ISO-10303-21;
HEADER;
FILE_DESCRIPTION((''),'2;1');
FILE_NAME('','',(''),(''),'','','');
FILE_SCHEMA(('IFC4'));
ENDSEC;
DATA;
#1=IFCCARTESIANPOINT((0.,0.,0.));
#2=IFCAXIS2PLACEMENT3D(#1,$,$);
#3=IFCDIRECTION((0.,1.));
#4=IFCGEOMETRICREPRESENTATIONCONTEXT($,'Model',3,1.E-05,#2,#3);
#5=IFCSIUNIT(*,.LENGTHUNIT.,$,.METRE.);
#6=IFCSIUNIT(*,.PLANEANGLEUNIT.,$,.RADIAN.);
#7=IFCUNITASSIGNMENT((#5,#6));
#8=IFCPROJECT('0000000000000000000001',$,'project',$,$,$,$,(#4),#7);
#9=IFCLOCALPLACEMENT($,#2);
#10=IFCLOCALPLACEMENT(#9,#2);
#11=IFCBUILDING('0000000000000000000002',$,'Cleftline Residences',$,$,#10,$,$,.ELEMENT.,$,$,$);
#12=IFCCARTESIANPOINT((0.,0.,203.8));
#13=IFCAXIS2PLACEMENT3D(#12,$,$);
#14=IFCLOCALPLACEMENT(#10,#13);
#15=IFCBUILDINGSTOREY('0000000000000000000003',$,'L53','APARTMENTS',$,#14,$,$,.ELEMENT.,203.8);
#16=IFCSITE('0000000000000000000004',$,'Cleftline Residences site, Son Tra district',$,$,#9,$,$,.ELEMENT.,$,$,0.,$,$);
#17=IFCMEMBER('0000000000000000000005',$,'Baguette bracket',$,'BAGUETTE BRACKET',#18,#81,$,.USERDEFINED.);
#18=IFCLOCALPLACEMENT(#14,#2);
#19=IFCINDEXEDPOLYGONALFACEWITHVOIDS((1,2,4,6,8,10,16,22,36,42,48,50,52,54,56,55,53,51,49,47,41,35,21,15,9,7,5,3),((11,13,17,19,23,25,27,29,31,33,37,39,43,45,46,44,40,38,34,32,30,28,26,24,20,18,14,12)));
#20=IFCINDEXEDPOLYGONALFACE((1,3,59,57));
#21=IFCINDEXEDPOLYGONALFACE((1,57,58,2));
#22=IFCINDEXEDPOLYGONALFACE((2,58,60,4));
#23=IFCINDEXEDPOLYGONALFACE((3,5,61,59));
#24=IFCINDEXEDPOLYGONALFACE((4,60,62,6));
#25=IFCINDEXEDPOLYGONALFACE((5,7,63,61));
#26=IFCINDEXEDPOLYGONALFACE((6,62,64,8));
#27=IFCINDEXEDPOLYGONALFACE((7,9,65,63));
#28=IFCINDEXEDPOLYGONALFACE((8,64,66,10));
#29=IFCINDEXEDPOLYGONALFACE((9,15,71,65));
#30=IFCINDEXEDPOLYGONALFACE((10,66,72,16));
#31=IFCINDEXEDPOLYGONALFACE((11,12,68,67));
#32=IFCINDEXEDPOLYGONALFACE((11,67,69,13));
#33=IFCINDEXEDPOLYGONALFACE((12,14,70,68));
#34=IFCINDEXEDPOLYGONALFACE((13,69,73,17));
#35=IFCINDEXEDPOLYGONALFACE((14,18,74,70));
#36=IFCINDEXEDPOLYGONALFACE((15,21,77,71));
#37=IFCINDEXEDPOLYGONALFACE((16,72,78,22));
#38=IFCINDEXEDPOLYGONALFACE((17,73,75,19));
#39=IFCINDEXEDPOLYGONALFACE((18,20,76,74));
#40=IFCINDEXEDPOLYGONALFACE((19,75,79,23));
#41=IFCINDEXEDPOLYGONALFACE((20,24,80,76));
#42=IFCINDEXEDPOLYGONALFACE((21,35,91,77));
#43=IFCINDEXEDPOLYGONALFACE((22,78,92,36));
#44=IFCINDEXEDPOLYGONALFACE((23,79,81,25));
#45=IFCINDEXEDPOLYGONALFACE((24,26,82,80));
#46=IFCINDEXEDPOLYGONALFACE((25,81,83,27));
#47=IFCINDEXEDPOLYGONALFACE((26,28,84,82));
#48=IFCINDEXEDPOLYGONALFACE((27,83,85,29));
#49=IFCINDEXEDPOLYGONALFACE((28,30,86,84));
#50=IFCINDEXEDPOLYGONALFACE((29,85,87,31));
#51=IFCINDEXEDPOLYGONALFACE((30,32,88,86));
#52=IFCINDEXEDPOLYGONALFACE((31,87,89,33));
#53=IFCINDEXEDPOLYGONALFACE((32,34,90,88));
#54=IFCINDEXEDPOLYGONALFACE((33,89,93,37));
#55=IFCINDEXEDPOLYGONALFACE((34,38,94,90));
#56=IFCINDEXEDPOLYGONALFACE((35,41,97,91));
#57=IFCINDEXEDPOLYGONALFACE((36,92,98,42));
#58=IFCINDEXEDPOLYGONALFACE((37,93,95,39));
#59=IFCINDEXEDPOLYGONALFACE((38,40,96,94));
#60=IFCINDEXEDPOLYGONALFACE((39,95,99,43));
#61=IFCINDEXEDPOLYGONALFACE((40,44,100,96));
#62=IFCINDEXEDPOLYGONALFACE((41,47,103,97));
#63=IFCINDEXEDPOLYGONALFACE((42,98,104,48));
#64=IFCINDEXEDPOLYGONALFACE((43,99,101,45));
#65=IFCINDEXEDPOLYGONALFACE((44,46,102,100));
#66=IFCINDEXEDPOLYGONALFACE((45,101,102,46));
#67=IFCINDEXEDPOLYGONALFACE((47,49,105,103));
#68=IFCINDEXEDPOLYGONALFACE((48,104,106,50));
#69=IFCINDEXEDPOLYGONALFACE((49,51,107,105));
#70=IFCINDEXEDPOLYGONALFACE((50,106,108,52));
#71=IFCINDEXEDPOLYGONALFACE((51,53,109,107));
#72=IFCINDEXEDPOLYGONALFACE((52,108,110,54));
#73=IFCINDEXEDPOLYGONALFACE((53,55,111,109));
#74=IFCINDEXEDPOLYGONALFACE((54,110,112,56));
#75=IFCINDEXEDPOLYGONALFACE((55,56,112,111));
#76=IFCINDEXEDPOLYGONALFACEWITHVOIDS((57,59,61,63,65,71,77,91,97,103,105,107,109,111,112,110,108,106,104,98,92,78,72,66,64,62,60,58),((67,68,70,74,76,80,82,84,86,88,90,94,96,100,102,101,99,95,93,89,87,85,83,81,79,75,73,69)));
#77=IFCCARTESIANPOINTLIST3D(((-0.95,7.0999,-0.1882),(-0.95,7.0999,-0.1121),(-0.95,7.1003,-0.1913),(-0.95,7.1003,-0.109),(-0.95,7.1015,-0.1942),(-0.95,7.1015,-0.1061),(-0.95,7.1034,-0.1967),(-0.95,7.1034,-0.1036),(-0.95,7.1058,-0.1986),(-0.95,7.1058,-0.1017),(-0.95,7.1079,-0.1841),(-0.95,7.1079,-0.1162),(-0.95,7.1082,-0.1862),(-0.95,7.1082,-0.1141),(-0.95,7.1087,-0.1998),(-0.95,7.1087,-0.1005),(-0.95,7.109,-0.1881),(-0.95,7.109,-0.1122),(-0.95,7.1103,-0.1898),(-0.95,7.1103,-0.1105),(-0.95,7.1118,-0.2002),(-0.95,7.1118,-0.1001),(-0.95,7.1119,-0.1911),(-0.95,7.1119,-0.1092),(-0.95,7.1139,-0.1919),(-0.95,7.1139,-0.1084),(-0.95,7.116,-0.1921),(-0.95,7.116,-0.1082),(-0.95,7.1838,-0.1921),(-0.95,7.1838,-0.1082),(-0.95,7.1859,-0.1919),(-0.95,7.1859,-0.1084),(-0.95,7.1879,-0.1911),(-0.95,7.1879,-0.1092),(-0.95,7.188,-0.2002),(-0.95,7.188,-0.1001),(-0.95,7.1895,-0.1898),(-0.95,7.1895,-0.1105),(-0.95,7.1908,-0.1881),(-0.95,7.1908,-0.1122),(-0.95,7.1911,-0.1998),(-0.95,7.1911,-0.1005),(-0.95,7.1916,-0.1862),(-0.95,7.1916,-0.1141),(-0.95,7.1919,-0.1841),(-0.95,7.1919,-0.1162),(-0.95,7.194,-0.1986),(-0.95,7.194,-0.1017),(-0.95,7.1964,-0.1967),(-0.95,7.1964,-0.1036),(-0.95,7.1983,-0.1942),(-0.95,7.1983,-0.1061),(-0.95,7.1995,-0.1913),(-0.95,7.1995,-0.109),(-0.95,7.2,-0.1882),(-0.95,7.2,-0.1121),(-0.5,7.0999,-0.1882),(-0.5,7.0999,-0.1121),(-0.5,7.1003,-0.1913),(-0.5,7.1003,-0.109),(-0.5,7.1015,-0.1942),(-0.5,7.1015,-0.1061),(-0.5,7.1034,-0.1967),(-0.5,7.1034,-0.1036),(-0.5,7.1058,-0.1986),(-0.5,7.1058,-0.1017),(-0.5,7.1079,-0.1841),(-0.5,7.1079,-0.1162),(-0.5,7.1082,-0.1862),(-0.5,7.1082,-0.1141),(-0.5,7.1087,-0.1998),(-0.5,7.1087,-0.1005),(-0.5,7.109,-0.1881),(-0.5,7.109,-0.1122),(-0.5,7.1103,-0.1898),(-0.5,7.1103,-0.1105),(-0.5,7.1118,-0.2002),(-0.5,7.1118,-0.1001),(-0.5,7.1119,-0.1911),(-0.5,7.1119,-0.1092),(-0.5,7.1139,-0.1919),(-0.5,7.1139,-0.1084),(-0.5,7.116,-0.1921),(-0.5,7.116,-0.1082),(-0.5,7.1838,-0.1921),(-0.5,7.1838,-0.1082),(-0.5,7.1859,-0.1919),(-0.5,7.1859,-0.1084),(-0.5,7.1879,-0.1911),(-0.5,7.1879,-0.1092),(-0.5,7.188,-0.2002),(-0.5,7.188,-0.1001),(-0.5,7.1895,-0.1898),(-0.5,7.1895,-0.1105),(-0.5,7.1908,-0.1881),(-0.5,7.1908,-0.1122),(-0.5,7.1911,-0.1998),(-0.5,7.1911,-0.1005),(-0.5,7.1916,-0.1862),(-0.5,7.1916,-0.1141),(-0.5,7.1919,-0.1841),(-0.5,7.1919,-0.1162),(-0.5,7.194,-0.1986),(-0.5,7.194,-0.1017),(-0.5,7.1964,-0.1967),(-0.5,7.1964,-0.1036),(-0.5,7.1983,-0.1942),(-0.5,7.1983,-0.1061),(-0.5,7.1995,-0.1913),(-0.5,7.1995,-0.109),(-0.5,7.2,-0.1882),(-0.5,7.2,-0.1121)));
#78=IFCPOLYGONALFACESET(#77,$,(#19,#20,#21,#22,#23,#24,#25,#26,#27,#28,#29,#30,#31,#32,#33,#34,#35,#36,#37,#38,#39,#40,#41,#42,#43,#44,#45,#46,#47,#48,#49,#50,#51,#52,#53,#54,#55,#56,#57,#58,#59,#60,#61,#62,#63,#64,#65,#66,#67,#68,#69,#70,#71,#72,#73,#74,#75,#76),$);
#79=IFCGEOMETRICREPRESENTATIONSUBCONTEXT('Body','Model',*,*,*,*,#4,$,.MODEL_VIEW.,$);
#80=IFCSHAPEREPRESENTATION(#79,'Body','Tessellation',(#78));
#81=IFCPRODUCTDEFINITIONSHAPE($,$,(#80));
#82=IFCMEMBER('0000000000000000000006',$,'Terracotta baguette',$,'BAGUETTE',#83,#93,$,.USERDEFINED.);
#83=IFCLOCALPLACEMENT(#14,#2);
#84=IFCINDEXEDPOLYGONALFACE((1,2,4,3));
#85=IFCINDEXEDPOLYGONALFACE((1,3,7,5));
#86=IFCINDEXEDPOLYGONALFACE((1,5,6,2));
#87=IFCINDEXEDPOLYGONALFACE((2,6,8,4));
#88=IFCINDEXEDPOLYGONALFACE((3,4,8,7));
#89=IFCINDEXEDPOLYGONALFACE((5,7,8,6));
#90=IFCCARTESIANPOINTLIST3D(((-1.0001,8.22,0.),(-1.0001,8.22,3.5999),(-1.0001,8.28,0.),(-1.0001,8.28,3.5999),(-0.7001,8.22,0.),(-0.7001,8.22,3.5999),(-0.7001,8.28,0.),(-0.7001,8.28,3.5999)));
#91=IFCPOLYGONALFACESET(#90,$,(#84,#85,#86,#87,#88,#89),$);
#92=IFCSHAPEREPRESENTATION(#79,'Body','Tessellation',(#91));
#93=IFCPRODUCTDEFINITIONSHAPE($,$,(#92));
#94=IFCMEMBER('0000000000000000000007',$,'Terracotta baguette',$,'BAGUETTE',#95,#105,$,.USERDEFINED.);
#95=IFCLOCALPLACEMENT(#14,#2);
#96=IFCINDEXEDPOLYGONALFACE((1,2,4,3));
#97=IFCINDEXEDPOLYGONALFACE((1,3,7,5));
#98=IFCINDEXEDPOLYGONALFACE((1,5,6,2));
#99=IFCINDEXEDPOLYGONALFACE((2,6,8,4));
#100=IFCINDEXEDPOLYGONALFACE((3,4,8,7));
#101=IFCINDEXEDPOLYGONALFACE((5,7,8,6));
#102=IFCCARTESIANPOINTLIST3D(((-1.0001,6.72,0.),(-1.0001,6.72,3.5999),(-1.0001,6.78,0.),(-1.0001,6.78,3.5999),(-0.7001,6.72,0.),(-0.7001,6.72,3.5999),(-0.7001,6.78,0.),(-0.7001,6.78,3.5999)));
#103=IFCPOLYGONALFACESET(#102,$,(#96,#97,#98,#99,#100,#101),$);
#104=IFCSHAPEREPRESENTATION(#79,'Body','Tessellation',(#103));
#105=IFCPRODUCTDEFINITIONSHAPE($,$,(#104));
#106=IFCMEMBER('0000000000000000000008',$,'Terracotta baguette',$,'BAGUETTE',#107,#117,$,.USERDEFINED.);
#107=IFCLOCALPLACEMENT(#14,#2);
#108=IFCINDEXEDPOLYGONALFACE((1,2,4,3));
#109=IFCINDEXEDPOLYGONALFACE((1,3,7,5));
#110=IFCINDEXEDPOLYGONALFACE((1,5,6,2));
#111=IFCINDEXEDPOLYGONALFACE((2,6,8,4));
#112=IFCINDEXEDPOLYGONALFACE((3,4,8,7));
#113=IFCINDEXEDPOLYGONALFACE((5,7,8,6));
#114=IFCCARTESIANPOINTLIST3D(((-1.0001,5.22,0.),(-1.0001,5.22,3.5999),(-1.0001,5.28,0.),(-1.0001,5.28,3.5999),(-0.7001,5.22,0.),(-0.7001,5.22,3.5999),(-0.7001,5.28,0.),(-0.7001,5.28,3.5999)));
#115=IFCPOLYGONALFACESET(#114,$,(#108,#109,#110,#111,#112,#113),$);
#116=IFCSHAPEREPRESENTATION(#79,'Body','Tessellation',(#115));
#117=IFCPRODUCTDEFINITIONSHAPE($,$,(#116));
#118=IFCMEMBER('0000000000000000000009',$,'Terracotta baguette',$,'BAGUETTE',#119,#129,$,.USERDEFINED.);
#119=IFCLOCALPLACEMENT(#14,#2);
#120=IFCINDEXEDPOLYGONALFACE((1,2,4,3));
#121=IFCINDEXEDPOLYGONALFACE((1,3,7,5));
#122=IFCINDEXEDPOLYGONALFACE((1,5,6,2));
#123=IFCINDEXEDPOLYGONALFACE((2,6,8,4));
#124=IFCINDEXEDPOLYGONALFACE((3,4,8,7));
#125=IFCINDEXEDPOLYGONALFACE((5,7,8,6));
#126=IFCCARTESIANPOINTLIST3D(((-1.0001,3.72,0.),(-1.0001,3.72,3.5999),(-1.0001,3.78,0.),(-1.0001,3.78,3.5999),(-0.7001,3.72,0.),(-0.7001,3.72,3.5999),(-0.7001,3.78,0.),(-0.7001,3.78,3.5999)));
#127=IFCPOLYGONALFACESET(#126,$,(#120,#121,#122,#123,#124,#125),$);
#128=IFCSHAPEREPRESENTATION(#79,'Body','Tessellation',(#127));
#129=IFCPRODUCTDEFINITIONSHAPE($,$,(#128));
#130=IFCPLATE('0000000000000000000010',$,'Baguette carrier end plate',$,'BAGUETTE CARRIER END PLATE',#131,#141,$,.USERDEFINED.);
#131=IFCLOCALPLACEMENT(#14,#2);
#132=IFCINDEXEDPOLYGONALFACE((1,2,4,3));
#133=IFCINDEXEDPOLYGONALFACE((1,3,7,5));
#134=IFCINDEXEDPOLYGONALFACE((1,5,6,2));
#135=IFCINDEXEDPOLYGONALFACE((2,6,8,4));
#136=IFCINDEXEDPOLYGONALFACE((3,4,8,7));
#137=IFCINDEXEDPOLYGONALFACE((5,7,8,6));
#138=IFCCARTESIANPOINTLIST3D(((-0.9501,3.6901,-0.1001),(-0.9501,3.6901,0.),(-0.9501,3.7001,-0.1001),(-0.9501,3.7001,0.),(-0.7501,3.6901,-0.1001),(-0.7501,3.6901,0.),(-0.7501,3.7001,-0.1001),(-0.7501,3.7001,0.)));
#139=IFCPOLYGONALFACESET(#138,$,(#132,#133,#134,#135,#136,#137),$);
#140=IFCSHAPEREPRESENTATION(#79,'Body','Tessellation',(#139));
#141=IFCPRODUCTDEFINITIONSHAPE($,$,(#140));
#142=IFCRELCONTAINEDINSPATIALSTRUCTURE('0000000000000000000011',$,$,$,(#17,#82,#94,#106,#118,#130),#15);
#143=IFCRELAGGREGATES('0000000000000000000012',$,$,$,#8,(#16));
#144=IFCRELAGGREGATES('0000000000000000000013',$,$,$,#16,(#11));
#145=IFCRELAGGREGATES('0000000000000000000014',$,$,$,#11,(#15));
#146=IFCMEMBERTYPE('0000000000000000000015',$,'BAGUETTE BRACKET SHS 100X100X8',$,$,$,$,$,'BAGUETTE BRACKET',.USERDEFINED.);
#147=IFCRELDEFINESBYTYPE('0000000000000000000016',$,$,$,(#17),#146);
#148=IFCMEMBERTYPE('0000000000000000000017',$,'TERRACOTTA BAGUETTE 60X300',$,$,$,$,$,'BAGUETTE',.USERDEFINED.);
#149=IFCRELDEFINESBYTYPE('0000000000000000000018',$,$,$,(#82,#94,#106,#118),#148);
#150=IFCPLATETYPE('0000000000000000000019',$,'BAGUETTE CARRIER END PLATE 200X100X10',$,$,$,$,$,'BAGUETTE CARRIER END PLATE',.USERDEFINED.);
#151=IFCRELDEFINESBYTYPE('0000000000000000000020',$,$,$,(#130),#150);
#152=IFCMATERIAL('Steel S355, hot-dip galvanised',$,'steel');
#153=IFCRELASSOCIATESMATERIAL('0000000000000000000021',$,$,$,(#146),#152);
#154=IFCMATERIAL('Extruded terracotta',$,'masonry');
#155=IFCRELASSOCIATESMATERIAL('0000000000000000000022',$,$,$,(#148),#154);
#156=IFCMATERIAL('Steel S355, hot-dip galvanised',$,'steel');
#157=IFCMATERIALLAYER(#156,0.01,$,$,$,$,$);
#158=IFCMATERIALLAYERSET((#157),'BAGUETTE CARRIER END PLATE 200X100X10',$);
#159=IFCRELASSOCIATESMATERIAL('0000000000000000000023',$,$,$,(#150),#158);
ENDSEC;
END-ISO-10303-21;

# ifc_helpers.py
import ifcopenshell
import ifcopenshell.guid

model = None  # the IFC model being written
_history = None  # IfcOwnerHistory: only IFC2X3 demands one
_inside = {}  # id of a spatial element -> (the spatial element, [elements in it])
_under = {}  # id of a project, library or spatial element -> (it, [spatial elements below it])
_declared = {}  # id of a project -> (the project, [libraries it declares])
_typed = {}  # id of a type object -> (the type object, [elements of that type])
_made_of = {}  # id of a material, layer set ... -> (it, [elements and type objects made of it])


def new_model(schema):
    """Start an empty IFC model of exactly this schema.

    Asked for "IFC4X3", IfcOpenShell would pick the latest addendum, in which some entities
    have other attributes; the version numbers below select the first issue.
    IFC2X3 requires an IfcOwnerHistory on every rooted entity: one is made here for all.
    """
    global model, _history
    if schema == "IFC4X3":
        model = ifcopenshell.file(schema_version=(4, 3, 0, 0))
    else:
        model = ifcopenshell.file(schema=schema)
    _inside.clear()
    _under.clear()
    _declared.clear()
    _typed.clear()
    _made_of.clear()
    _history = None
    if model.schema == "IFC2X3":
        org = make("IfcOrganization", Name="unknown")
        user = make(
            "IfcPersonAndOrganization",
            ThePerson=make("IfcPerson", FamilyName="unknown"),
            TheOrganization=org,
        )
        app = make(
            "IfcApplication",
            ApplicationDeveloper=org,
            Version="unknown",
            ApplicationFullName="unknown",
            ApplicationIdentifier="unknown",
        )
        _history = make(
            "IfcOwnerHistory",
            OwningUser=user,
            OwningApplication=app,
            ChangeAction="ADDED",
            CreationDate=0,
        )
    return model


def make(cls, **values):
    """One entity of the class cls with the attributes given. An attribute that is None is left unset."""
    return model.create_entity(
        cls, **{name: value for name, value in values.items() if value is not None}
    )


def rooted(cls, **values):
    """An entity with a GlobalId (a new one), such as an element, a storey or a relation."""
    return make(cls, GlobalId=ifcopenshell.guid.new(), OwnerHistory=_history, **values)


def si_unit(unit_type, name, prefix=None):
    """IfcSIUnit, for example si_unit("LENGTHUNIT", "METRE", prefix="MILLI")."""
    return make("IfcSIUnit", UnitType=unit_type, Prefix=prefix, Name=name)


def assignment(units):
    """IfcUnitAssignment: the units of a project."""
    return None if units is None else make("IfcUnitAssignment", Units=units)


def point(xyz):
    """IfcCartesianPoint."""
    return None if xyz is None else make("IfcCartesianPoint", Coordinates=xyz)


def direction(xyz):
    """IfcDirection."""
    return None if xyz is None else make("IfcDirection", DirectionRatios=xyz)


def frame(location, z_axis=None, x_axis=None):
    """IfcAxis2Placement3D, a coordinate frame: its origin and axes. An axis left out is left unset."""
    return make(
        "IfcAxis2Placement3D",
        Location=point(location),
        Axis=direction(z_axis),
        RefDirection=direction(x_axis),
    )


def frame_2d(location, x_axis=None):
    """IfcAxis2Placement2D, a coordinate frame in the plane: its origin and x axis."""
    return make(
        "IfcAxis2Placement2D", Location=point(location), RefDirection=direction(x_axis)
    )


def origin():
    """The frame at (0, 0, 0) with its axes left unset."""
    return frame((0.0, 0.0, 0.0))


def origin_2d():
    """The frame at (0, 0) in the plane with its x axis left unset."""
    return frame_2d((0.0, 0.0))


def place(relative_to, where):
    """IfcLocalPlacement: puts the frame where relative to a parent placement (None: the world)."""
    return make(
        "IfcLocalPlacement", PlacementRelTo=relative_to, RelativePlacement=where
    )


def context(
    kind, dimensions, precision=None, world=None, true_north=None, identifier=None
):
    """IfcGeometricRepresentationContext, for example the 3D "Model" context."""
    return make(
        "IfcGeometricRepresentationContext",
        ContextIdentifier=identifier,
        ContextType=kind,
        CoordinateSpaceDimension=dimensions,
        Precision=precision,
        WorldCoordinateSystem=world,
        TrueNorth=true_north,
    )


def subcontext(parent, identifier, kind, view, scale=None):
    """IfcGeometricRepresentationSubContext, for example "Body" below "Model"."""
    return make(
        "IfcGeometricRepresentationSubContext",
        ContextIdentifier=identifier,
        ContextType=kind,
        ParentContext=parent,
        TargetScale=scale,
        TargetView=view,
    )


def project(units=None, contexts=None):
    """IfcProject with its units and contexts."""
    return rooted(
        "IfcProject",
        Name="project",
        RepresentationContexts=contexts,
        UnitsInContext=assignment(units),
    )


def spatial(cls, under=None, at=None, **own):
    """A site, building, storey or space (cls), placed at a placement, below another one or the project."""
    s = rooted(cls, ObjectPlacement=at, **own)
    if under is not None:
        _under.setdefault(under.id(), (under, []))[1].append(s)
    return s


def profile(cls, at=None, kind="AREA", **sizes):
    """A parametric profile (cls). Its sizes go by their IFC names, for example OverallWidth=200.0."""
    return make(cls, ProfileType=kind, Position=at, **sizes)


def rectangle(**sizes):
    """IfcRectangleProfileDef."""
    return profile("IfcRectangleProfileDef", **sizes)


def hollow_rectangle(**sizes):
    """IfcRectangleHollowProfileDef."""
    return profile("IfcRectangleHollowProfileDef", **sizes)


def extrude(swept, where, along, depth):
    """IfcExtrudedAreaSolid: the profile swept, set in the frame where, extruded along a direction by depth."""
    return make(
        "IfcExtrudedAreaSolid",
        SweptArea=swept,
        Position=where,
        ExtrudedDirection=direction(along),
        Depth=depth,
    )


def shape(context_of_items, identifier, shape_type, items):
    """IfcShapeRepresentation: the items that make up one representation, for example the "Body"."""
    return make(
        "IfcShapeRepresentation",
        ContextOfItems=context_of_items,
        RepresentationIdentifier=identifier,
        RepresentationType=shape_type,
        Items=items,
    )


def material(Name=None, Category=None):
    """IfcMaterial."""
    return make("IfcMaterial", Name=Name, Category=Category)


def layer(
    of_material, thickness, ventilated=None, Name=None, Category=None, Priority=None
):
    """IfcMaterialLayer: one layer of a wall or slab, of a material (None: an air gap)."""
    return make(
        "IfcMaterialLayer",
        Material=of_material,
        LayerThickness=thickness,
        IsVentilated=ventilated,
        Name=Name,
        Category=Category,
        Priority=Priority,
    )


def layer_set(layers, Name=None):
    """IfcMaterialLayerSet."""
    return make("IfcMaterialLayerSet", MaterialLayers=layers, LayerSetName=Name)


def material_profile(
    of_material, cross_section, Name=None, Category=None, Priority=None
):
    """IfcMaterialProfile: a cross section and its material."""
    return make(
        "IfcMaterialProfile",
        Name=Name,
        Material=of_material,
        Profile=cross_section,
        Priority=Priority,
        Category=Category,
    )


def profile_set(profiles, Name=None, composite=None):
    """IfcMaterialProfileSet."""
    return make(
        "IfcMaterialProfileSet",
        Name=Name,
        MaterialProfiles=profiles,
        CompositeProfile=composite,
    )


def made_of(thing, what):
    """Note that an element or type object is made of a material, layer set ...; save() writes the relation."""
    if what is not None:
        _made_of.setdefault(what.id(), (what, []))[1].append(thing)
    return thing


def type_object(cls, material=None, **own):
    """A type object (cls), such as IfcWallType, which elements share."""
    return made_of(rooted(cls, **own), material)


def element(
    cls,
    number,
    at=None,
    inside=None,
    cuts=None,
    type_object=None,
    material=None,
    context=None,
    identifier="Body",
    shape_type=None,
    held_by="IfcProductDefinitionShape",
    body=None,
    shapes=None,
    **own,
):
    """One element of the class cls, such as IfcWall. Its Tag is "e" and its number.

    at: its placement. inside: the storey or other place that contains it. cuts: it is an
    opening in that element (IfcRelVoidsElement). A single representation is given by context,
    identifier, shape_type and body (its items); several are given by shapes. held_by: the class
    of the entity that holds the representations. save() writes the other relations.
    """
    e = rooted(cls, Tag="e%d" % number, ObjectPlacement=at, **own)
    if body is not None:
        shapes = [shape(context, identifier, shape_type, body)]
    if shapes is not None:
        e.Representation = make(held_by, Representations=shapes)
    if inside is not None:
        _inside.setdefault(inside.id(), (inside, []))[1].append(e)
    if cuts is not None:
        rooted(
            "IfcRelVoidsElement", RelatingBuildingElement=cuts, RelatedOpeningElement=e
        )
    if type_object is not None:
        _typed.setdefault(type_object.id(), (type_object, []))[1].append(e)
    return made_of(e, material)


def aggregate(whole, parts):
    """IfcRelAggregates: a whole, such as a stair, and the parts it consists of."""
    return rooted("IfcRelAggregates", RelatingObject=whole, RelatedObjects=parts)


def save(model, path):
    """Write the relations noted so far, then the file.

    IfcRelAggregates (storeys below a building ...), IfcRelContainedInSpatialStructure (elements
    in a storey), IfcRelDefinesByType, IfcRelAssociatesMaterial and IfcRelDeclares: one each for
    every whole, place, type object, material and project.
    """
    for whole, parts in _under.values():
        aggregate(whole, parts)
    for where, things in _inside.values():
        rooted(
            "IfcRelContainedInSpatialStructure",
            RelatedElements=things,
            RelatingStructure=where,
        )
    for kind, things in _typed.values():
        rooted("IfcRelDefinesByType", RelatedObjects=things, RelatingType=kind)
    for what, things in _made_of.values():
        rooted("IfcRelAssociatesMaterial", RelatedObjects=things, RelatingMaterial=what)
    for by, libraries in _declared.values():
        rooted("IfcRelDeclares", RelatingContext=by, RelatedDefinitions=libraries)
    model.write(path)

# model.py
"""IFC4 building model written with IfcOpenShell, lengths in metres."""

from ifc_helpers import new_model, si_unit, direction, frame, origin, origin_2d, place, context, subcontext, project, spatial, rectangle, hollow_rectangle, extrude, material, layer, layer_set, material_profile, profile_set, type_object, element, save


model = new_model("IFC4")

# Units and contexts
model_context = context("Model", 3, precision=1e-05, world=origin(), true_north=direction((0.0, 1.0)))
body_context = subcontext(model_context, "Body", "Model", "MODEL_VIEW")
ifc_project = project(units=[si_unit("LENGTHUNIT", "METRE"), si_unit("PLANEANGLEUNIT", "RADIAN")], contexts=[model_context])

# Site, building, storey
site_placement = place(None, origin())
site = spatial("IfcSite", under=ifc_project, at=site_placement, Name="Cleftline Residences site, Son Tra district", CompositionType="ELEMENT", RefElevation=0.0)
building_placement = place(site_placement, origin())
building = spatial("IfcBuilding", under=site, at=building_placement, Name="Cleftline Residences", CompositionType="ELEMENT")
storey_placement = place(building_placement, frame((0.0, 0.0, 203.8)))
storey = spatial("IfcBuildingStorey", under=building, at=storey_placement, Name="L53", Description="APARTMENTS", CompositionType="ELEMENT", Elevation=203.8)

# Members
ifc_material_1 = material(Name="Steel S355, hot-dip galvanised", Category="steel")
ifc_material_profile_1 = material_profile(ifc_material_1, hollow_rectangle(XDim=0.1001, YDim=0.1001, WallThickness=0.0081, InnerFilletRadius=0.0081, OuterFilletRadius=0.012, at=origin_2d()))
ifc_profile_set_1 = profile_set([ifc_material_profile_1], Name="Steel S355, hot-dip galvanised")
member_type_1 = type_object("IfcMemberType", Name="BAGUETTE BRACKET SHS 100X100X8", ElementType="BAGUETTE BRACKET", PredefinedType="USERDEFINED", material=ifc_profile_set_1)
member_placement = place(storey_placement, frame((-0.5, 7.1499, -0.1501), z_axis=(-1.0, 0.0, 0.0), x_axis=(0.0, -1.0, 0.0)))
element("IfcMember", 1, at=member_placement, inside=storey, type_object=member_type_1, Name="Baguette bracket", ObjectType="BAGUETTE BRACKET", PredefinedType="USERDEFINED", context=body_context, shape_type="SweptSolid", body=[
    extrude(hollow_rectangle(XDim=0.1001, YDim=0.1001, WallThickness=0.0081, InnerFilletRadius=0.0081, OuterFilletRadius=0.012, at=origin_2d()), origin(), (0.0, 0.0, 1.0), 0.45),
])
ifc_material_2 = material(Name="Extruded terracotta", Category="masonry")
ifc_material_profile_2 = material_profile(ifc_material_2, rectangle(XDim=0.0601, YDim=0.3, at=origin_2d()))
ifc_profile_set_2 = profile_set([ifc_material_profile_2], Name="Extruded terracotta")
member_type_2 = type_object("IfcMemberType", Name="TERRACOTTA BAGUETTE 60X300", ElementType="BAGUETTE", PredefinedType="USERDEFINED", material=ifc_profile_set_2)
for number, where, z_axis, x_axis, name in (
    (2, (-0.8501, 8.25, 0.0), (0.0, 0.0, 1.0), (0.0, 1.0, 0.0), "Terracotta baguette"),
    (3, (-0.8501, 6.75, 0.0), (0.0, 0.0, 1.0), (0.0, 1.0, 0.0), "Terracotta baguette"),
    (4, (-0.8501, 5.25, 0.0), (0.0, 0.0, 1.0), (0.0, 1.0, 0.0), "Terracotta baguette"),
    (5, (-0.8501, 3.75, 0.0), (0.0, 0.0, 1.0), (0.0, 1.0, 0.0), "Terracotta baguette"),
):
    element("IfcMember", number, at=place(storey_placement, frame(where, z_axis=z_axis, x_axis=x_axis)), inside=storey, type_object=member_type_2, Name=name, ObjectType="BAGUETTE", PredefinedType="USERDEFINED", context=body_context, shape_type="SweptSolid", body=[
        extrude(rectangle(XDim=0.0601, YDim=0.3, at=origin_2d()), origin(), (0.0, 0.0, 1.0), 3.5999),
    ])

# Plate
ifc_material_3 = material(Name="Steel S355, hot-dip galvanised", Category="steel")
ifc_layer_1 = layer(ifc_material_3, 0.01)
ifc_layer_set_1 = layer_set([ifc_layer_1], Name="BAGUETTE CARRIER END PLATE 200X100X10")
plate_type = type_object("IfcPlateType", Name="BAGUETTE CARRIER END PLATE 200X100X10", ElementType="BAGUETTE CARRIER END PLATE", PredefinedType="USERDEFINED", material=ifc_layer_set_1)
plate_placement = place(storey_placement, frame((-0.8501, 3.6951, -0.1001), z_axis=(0.0, 0.0, 1.0), x_axis=(-1.0, 0.0, 0.0)))
element("IfcPlate", 6, at=plate_placement, inside=storey, type_object=plate_type, Name="Baguette carrier end plate", ObjectType="BAGUETTE CARRIER END PLATE", PredefinedType="USERDEFINED", context=body_context, shape_type="SweptSolid", body=[
    extrude(rectangle(XDim=0.2, YDim=0.01, at=origin_2d()), origin(), (0.0, 0.0, 1.0), 0.1001),
])

save(model, "model.ifc")
